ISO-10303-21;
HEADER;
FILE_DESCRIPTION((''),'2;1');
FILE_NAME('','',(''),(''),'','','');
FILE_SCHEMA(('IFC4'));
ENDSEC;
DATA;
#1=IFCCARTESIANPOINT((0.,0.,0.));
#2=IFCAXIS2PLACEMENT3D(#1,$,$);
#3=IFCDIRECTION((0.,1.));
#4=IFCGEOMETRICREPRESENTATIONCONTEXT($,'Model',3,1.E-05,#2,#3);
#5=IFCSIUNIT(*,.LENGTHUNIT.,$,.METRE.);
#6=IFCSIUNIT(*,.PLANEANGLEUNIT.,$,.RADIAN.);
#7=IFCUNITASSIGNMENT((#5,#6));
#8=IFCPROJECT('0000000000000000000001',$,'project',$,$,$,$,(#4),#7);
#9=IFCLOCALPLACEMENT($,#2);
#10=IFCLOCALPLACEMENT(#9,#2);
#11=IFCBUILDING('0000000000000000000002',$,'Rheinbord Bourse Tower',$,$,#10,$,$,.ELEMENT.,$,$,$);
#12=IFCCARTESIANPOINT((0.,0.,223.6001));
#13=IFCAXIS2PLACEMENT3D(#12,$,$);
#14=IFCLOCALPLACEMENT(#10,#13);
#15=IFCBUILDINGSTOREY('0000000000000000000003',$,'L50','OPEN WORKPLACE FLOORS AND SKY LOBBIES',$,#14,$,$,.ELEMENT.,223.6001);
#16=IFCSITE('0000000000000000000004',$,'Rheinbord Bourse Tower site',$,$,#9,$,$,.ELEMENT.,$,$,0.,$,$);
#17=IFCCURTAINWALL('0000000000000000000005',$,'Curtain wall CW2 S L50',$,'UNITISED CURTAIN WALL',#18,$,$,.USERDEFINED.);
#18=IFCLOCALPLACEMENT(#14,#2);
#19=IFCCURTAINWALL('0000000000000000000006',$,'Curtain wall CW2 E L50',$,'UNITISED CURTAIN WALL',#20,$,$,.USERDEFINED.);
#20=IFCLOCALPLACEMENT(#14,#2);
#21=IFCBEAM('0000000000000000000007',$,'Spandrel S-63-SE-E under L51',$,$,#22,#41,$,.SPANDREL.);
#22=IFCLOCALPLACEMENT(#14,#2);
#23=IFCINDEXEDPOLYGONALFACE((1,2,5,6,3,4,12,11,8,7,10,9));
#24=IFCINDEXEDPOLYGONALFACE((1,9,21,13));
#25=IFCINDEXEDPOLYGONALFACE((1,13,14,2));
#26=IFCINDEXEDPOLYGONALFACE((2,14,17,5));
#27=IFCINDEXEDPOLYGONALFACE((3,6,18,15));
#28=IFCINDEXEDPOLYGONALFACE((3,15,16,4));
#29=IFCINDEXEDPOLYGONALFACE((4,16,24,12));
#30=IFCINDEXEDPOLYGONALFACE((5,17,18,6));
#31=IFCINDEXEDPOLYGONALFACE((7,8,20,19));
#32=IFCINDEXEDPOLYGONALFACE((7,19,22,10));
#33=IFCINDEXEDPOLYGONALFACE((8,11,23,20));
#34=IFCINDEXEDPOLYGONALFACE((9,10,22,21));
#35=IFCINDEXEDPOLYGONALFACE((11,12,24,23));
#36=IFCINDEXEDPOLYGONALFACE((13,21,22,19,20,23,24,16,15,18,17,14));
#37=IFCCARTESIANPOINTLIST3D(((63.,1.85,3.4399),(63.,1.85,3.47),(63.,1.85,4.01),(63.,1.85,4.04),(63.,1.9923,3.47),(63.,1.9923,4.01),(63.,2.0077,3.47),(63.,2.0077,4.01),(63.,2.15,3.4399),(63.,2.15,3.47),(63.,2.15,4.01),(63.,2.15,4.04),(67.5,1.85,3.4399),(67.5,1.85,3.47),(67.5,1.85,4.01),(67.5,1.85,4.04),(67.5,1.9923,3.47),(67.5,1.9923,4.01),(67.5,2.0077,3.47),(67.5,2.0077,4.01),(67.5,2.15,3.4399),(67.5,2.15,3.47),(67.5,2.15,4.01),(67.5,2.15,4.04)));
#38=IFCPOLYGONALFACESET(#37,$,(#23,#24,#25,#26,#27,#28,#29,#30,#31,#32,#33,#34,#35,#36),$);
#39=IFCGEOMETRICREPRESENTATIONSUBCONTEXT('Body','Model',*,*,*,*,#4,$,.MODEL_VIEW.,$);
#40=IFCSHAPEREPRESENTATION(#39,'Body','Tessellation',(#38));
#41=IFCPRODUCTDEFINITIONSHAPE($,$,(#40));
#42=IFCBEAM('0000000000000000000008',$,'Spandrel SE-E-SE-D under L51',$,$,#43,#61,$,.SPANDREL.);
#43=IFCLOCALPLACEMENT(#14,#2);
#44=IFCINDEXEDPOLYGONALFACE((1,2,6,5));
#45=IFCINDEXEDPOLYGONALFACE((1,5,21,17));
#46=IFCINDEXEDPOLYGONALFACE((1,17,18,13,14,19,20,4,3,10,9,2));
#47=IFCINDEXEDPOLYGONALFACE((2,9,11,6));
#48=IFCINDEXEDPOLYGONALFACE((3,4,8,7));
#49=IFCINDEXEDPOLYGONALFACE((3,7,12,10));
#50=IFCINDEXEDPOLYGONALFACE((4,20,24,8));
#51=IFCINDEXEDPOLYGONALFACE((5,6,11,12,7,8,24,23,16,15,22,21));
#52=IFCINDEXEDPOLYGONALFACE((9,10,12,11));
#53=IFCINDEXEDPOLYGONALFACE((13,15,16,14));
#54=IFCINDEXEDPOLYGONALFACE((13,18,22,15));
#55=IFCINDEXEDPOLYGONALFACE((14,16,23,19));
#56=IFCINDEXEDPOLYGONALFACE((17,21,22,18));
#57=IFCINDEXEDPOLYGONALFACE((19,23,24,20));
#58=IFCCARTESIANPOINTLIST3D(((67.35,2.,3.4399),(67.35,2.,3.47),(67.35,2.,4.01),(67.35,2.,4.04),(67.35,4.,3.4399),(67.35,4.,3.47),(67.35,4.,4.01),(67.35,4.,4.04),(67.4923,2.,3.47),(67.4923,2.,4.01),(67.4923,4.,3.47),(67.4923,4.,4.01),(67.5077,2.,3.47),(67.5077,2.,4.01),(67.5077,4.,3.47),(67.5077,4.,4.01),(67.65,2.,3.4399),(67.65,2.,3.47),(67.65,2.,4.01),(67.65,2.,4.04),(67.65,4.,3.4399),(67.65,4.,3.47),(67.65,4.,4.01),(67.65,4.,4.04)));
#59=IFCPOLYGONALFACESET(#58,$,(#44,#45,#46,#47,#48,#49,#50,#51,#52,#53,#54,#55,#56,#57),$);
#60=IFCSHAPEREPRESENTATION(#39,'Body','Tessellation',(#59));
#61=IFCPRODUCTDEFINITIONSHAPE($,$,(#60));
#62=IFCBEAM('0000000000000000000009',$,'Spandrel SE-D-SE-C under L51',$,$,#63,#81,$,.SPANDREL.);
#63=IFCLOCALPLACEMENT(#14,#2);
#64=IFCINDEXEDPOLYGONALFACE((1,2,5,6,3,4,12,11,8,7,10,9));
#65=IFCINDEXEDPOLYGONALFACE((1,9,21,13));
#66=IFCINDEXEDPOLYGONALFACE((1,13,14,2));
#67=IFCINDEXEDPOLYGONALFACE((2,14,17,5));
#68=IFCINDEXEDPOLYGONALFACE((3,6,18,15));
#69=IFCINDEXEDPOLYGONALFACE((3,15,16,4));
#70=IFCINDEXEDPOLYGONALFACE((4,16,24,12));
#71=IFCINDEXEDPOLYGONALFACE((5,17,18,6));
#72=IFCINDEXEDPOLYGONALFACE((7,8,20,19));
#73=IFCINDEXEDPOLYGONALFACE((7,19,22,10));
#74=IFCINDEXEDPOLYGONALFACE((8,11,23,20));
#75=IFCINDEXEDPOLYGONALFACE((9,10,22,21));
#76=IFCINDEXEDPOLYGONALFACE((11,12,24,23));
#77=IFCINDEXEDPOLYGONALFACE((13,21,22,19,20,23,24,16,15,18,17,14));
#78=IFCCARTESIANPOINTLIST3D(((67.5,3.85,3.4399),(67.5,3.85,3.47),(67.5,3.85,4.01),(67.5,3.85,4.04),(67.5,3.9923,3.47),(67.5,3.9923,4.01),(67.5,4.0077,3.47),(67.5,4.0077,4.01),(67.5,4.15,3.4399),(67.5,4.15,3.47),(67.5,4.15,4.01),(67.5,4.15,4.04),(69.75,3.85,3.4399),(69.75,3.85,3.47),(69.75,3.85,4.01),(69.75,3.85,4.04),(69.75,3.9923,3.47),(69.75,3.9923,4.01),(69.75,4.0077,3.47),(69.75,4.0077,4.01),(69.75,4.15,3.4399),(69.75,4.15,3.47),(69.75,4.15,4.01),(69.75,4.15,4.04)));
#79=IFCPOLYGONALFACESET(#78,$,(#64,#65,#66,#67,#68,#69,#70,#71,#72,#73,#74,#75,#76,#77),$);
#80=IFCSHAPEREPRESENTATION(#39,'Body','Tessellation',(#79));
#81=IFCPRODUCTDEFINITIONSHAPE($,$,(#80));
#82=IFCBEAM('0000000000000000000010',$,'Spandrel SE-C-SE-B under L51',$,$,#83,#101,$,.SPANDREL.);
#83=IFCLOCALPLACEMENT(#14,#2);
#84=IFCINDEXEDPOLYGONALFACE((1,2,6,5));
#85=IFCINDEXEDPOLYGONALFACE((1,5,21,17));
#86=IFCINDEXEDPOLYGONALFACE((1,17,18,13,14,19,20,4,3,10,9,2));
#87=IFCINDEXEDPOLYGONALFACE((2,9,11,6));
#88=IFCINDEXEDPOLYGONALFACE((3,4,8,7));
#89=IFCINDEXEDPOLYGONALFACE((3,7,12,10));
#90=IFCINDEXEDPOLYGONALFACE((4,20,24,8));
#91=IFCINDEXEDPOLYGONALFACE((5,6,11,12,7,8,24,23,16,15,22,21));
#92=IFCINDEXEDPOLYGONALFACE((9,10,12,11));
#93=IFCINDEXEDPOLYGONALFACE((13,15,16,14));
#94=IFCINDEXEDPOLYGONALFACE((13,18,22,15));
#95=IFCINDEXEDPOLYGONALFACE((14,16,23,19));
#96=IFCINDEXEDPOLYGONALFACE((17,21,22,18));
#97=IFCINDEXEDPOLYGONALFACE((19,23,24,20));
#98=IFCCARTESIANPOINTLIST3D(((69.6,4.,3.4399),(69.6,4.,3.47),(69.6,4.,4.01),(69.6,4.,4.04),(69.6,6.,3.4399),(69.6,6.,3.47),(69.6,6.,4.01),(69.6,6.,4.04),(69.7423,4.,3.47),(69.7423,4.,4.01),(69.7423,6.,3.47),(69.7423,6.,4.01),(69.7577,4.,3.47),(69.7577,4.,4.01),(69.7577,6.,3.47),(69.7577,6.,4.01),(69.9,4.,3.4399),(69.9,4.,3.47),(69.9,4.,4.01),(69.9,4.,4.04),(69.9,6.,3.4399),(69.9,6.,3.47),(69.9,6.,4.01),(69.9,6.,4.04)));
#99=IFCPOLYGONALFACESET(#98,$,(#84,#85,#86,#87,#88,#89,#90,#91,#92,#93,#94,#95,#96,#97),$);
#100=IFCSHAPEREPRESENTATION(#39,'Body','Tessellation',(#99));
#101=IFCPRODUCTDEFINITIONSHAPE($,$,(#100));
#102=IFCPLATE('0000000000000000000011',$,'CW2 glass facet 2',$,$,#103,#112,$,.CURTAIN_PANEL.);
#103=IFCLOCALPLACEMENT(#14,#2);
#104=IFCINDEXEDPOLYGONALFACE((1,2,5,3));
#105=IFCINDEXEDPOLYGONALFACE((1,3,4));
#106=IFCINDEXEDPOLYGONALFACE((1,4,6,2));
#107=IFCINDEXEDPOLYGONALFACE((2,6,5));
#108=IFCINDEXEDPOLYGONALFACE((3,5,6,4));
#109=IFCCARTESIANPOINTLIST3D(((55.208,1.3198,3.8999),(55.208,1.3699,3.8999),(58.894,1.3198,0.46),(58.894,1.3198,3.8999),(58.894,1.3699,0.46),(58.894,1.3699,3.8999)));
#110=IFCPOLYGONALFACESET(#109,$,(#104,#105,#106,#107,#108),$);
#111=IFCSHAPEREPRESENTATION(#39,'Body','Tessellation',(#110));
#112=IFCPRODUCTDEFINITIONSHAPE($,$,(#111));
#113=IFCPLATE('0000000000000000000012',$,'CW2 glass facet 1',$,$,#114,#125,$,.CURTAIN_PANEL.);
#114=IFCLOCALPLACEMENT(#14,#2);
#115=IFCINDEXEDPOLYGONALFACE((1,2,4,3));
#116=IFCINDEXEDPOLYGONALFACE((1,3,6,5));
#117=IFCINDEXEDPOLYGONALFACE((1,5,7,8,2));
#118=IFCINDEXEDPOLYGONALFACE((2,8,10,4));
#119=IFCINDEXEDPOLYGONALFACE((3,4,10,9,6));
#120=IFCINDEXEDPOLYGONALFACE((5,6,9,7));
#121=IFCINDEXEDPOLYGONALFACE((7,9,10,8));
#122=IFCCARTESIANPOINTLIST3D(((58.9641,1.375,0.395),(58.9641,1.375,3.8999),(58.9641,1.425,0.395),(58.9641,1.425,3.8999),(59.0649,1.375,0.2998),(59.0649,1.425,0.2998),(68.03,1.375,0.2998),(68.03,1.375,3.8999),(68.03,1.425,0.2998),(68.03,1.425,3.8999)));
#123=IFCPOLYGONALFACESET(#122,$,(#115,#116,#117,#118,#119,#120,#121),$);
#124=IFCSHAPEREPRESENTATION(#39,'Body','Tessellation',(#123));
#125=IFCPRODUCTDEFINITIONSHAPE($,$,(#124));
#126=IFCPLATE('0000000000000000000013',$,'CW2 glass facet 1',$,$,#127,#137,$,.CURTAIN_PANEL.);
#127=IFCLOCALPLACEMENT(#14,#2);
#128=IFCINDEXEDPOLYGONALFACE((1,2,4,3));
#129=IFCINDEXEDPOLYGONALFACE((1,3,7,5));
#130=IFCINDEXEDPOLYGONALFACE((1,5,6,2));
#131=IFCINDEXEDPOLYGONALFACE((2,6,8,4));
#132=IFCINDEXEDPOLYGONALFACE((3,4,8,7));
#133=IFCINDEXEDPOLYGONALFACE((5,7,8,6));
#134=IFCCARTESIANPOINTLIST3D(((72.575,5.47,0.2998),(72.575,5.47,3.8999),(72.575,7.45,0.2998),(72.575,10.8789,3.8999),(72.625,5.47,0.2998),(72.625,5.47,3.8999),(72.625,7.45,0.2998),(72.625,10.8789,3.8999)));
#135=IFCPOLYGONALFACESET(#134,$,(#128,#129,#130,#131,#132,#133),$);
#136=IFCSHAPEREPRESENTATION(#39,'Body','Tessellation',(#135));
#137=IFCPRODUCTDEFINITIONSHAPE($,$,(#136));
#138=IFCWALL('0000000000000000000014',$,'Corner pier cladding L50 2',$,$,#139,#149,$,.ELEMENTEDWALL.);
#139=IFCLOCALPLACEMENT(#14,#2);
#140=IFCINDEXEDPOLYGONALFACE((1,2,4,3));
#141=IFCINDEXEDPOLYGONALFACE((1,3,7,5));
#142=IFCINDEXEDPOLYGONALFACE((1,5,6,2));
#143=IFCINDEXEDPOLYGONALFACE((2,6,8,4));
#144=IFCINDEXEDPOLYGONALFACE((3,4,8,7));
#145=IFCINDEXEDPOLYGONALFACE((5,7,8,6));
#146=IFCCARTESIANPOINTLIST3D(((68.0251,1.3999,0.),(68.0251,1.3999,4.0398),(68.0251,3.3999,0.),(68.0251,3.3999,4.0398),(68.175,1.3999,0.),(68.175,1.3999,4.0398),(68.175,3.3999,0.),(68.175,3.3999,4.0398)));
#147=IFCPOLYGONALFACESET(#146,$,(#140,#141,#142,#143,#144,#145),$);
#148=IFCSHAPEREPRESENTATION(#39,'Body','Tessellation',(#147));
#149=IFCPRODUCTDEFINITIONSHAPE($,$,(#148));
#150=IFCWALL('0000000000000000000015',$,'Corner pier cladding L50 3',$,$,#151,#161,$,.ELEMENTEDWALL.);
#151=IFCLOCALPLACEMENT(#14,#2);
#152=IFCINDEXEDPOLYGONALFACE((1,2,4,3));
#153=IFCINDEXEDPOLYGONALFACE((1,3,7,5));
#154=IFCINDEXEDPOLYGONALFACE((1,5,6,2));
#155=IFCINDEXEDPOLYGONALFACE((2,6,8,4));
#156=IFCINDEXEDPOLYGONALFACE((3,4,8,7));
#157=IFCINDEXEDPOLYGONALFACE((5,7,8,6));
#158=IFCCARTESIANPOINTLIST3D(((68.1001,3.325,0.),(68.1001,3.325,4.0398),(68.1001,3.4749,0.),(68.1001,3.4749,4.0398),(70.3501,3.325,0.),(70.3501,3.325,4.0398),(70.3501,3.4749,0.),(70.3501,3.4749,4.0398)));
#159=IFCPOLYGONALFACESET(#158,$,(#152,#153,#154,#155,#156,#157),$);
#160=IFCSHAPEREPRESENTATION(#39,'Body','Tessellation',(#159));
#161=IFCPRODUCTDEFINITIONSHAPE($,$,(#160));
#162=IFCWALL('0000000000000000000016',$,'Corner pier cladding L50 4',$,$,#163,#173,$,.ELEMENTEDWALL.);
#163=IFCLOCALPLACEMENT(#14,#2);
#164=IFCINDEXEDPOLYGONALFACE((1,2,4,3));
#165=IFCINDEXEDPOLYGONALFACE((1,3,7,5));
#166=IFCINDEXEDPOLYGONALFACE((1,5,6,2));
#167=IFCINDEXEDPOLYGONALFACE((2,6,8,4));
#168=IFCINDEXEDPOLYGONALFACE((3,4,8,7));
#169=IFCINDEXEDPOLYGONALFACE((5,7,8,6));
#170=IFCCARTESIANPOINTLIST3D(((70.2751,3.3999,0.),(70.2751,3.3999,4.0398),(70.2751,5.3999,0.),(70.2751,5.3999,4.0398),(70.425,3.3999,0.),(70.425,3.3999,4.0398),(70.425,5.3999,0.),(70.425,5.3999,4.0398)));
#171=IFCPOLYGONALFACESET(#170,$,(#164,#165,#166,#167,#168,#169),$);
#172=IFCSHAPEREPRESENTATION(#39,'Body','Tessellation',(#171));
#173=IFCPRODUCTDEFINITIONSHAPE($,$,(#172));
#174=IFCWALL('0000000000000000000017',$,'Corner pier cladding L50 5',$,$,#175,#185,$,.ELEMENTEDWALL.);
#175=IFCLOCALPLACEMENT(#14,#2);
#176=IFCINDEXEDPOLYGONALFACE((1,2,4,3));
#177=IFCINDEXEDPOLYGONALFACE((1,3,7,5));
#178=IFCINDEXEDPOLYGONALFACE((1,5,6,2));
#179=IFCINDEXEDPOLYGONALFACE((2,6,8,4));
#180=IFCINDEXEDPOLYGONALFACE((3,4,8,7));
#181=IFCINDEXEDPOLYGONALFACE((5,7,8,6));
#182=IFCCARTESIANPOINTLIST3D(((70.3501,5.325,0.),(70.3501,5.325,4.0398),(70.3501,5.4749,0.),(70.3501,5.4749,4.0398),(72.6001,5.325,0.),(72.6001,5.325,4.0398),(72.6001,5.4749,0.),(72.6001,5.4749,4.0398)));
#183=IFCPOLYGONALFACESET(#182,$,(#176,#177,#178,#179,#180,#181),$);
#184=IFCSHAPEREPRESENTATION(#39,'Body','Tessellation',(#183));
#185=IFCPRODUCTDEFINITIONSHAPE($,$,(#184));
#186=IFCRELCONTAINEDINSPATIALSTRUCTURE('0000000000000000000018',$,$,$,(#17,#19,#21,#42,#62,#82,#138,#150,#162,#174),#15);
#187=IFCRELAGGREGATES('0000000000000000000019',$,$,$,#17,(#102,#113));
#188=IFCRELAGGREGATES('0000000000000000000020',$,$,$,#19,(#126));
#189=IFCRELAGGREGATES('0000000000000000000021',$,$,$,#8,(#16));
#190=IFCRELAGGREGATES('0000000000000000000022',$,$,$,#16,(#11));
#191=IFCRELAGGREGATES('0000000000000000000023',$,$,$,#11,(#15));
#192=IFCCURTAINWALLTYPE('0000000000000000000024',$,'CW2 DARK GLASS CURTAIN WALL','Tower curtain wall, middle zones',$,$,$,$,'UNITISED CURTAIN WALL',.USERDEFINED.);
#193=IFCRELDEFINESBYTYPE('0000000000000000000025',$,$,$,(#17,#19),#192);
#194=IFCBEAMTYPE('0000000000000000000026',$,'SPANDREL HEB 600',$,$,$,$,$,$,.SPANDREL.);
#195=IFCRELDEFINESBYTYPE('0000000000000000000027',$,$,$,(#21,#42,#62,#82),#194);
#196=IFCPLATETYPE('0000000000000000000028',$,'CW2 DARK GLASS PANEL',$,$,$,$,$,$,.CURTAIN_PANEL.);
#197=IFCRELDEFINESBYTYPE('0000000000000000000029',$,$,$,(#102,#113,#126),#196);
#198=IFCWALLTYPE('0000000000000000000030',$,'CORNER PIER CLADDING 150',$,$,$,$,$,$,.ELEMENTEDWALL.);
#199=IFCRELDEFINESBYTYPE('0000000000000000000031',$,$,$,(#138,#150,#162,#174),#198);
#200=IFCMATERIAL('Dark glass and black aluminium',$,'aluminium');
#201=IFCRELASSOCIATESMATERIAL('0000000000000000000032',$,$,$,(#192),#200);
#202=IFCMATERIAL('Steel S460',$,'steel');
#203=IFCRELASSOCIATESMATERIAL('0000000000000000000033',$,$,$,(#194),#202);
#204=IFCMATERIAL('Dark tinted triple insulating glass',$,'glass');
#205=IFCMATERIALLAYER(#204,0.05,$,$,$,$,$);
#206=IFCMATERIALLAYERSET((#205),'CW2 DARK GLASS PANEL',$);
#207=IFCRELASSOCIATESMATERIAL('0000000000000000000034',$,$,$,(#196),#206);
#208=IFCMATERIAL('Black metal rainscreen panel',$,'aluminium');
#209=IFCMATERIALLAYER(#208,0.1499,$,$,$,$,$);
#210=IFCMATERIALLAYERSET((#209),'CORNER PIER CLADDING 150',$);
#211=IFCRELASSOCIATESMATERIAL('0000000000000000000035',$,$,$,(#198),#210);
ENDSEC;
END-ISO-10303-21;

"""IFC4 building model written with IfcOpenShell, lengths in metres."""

from ifc_helpers import new_model, si_unit, direction, frame, frame_2d, origin, origin_2d, place, context, subcontext, project, spatial, polyline, rectangle, i_section, outline, extrude, material, layer, layer_set, material_profile, profile_set, type_object, element, aggregate, save


model = new_model("IFC4")

# Units and contexts
model_context = context("Model", 3, precision=1e-05, world=origin(), true_north=direction((0.0, 1.0)))
body_context = subcontext(model_context, "Body", "Model", "MODEL_VIEW")
ifc_project = project(units=[si_unit("LENGTHUNIT", "METRE"), si_unit("PLANEANGLEUNIT", "RADIAN")], contexts=[model_context])

# Site, building, storey
site_placement = place(None, origin())
site = spatial("IfcSite", under=ifc_project, at=site_placement, Name="Rheinbord Bourse Tower site", CompositionType="ELEMENT", RefElevation=0.0)
building_placement = place(site_placement, origin())
building = spatial("IfcBuilding", under=site, at=building_placement, Name="Rheinbord Bourse Tower", CompositionType="ELEMENT")
storey_placement = place(building_placement, frame((0.0, 0.0, 223.6001)))
storey = spatial("IfcBuildingStorey", under=building, at=storey_placement, Name="L50", Description="OPEN WORKPLACE FLOORS AND SKY LOBBIES", CompositionType="ELEMENT", Elevation=223.6001)

# Curtain wall
ifc_material_1 = material(Name="Dark glass and black aluminium", Category="aluminium")
curtain_wall_type = type_object("IfcCurtainWallType", Name="CW2 DARK GLASS CURTAIN WALL", Description="Tower curtain wall, middle zones", ElementType="UNITISED CURTAIN WALL", PredefinedType="USERDEFINED", material=ifc_material_1)
curtain_wall_1_placement = place(storey_placement, origin())
curtain_wall_1 = element("IfcCurtainWall", 1, at=curtain_wall_1_placement, inside=storey, type_object=curtain_wall_type, Name="Curtain wall CW2 S L50", ObjectType="UNITISED CURTAIN WALL", PredefinedType="USERDEFINED")

# Curtain wall
curtain_wall_2_placement = place(storey_placement, origin())
curtain_wall_2 = element("IfcCurtainWall", 2, at=curtain_wall_2_placement, inside=storey, type_object=curtain_wall_type, Name="Curtain wall CW2 E L50", ObjectType="UNITISED CURTAIN WALL", PredefinedType="USERDEFINED")

# Beams
ifc_material_2 = material(Name="Steel S460", Category="steel")
ifc_material_profile_1 = material_profile(ifc_material_2, i_section(OverallWidth=0.3, OverallDepth=0.6001, WebThickness=0.0154, FlangeThickness=0.03, at=origin_2d()), Name="HEB 600")
ifc_profile_set_1 = profile_set([ifc_material_profile_1], Name="Steel S460")
beam_type_1 = type_object("IfcBeamType", Name="SPANDREL HEB 600", PredefinedType="SPANDREL", material=ifc_profile_set_1)
for number, where, z_axis, x_axis, name in (
    (3, (63.0, 2.0, 3.74), (1.0, 0.0, 0.0), (0.0, 1.0, 0.0), "Spandrel S-63-SE-E under L51"),
):
    element("IfcBeam", number, at=place(storey_placement, frame(where, z_axis=z_axis, x_axis=x_axis)), inside=storey, type_object=beam_type_1, Name=name, PredefinedType="SPANDREL", context=body_context, shape_type="SweptSolid", body=[
        extrude(i_section(OverallWidth=0.3, OverallDepth=0.6001, WebThickness=0.0154, FlangeThickness=0.03, at=origin_2d()), origin(), (0.0, 0.0, 1.0), 4.5),
    ])
beam_1_placement = place(storey_placement, frame((67.5, 2.0, 3.74), z_axis=(0.0, 1.0, 0.0), x_axis=(-1.0, 0.0, 0.0)))
element("IfcBeam", 4, at=beam_1_placement, inside=storey, type_object=beam_type_1, Name="Spandrel SE-E-SE-D under L51", PredefinedType="SPANDREL", context=body_context, shape_type="SweptSolid", body=[
    extrude(i_section(OverallWidth=0.3, OverallDepth=0.6001, WebThickness=0.0154, FlangeThickness=0.03, at=origin_2d()), origin(), (0.0, 0.0, 1.0), 2.0),
])
beam_2_placement = place(storey_placement, frame((67.5, 4.0, 3.74), z_axis=(1.0, 0.0, 0.0), x_axis=(0.0, 1.0, 0.0)))
element("IfcBeam", 5, at=beam_2_placement, inside=storey, type_object=beam_type_1, Name="Spandrel SE-D-SE-C under L51", PredefinedType="SPANDREL", context=body_context, shape_type="SweptSolid", body=[
    extrude(i_section(OverallWidth=0.3, OverallDepth=0.6001, WebThickness=0.0154, FlangeThickness=0.03, at=origin_2d()), origin(), (0.0, 0.0, 1.0), 2.25),
])
beam_3_placement = place(storey_placement, frame((69.75, 4.0, 3.74), z_axis=(0.0, 1.0, 0.0), x_axis=(-1.0, 0.0, 0.0)))
element("IfcBeam", 6, at=beam_3_placement, inside=storey, type_object=beam_type_1, Name="Spandrel SE-C-SE-B under L51", PredefinedType="SPANDREL", context=body_context, shape_type="SweptSolid", body=[
    extrude(i_section(OverallWidth=0.3, OverallDepth=0.6001, WebThickness=0.0154, FlangeThickness=0.03, at=origin_2d()), origin(), (0.0, 0.0, 1.0), 2.0),
])

# Plates
ifc_material_3 = material(Name="Dark tinted triple insulating glass", Category="glass")
ifc_layer_1 = layer(ifc_material_3, 0.05)
ifc_layer_set_1 = layer_set([ifc_layer_1], Name="CW2 DARK GLASS PANEL")
plate_type = type_object("IfcPlateType", Name="CW2 DARK GLASS PANEL", PredefinedType="CURTAIN_PANEL", material=ifc_layer_set_1)
plate_1_placement = place(storey_placement, frame((58.894, 1.3198, 3.8999), z_axis=(0.0, 1.0, 0.0), x_axis=(0.0, 0.0, -1.0)))
plate_1 = element("IfcPlate", 7, at=plate_1_placement, type_object=plate_type, Name="CW2 glass facet 2", PredefinedType="CURTAIN_PANEL", context=body_context, shape_type="SweptSolid", body=[
    extrude(outline(polyline([(0.0, 0.0), (3.4399, 0.0), (0.0, 3.686), (0.0, 0.0)])), origin(), (0.0, 0.0, 1.0), 0.05),
])
plate_2_placement = place(storey_placement, frame((58.9641, 1.375, 3.8999), z_axis=(0.0, 1.0, 0.0), x_axis=(1.0, 0.0, 0.0)))
plate_2 = element("IfcPlate", 8, at=plate_2_placement, type_object=plate_type, Name="CW2 glass facet 1", PredefinedType="CURTAIN_PANEL", context=body_context, shape_type="SweptSolid", body=[
    extrude(outline(polyline([(0.0, 0.0), (9.0659, 0.0), (9.0659, 3.6001), (0.1008, 3.6001), (0.0, 3.5049), (0.0, 0.0)])), origin(), (0.0, 0.0, 1.0), 0.05),
])
aggregate(curtain_wall_1, [plate_1, plate_2])
plate_3_placement = place(storey_placement, frame((72.625, 5.47, 0.2998), z_axis=(-1.0, 0.0, 0.0), x_axis=(0.0, 0.0, 1.0)))
plate_3 = element("IfcPlate", 9, at=plate_3_placement, type_object=plate_type, Name="CW2 glass facet 1", PredefinedType="CURTAIN_PANEL", context=body_context, shape_type="SweptSolid", body=[
    extrude(outline(polyline([(0.0, 0.0), (3.6001, 0.0), (3.6001, 5.4089), (0.0, 1.98), (0.0, 0.0)])), origin(), (0.0, 0.0, 1.0), 0.05),
])
aggregate(curtain_wall_2, [plate_3])

# Walls
ifc_material_4 = material(Name="Black metal rainscreen panel", Category="aluminium")
ifc_layer_2 = layer(ifc_material_4, 0.1499)
ifc_layer_set_2 = layer_set([ifc_layer_2], Name="CORNER PIER CLADDING 150")
wall_type = type_object("IfcWallType", Name="CORNER PIER CLADDING 150", PredefinedType="ELEMENTEDWALL", material=ifc_layer_set_2)
wall_1_placement = place(storey_placement, frame((68.1001, 1.3999, 0.0), z_axis=(0.0, 0.0, 1.0), x_axis=(0.0, 1.0, 0.0)))
element("IfcWall", 10, at=wall_1_placement, inside=storey, type_object=wall_type, Name="Corner pier cladding L50 2", PredefinedType="ELEMENTEDWALL", context=body_context, shape_type="SweptSolid", body=[
    extrude(rectangle(XDim=2.0, YDim=0.1499, at=frame_2d((1.0, 0.0))), origin(), (0.0, 0.0, 1.0), 4.0398),
])
wall_2_placement = place(storey_placement, frame((68.1001, 3.3999, 0.0), z_axis=(0.0, 0.0, 1.0), x_axis=(1.0, 0.0, 0.0)))
element("IfcWall", 11, at=wall_2_placement, inside=storey, type_object=wall_type, Name="Corner pier cladding L50 3", PredefinedType="ELEMENTEDWALL", context=body_context, shape_type="SweptSolid", body=[
    extrude(rectangle(XDim=2.25, YDim=0.1499, at=frame_2d((1.125, 0.0))), origin(), (0.0, 0.0, 1.0), 4.0398),
])
wall_3_placement = place(storey_placement, frame((70.3501, 3.3999, 0.0), z_axis=(0.0, 0.0, 1.0), x_axis=(0.0, 1.0, 0.0)))
element("IfcWall", 12, at=wall_3_placement, inside=storey, type_object=wall_type, Name="Corner pier cladding L50 4", PredefinedType="ELEMENTEDWALL", context=body_context, shape_type="SweptSolid", body=[
    extrude(rectangle(XDim=2.0, YDim=0.1499, at=frame_2d((1.0, 0.0))), origin(), (0.0, 0.0, 1.0), 4.0398),
])
wall_4_placement = place(storey_placement, frame((70.3501, 5.3999, 0.0), z_axis=(0.0, 0.0, 1.0), x_axis=(1.0, 0.0, 0.0)))
element("IfcWall", 13, at=wall_4_placement, inside=storey, type_object=wall_type, Name="Corner pier cladding L50 5", PredefinedType="ELEMENTEDWALL", context=body_context, shape_type="SweptSolid", body=[
    extrude(rectangle(XDim=2.25, YDim=0.1499, at=frame_2d((1.125, 0.0))), origin(), (0.0, 0.0, 1.0), 4.0398),
])

save(model, "model.ifc")
